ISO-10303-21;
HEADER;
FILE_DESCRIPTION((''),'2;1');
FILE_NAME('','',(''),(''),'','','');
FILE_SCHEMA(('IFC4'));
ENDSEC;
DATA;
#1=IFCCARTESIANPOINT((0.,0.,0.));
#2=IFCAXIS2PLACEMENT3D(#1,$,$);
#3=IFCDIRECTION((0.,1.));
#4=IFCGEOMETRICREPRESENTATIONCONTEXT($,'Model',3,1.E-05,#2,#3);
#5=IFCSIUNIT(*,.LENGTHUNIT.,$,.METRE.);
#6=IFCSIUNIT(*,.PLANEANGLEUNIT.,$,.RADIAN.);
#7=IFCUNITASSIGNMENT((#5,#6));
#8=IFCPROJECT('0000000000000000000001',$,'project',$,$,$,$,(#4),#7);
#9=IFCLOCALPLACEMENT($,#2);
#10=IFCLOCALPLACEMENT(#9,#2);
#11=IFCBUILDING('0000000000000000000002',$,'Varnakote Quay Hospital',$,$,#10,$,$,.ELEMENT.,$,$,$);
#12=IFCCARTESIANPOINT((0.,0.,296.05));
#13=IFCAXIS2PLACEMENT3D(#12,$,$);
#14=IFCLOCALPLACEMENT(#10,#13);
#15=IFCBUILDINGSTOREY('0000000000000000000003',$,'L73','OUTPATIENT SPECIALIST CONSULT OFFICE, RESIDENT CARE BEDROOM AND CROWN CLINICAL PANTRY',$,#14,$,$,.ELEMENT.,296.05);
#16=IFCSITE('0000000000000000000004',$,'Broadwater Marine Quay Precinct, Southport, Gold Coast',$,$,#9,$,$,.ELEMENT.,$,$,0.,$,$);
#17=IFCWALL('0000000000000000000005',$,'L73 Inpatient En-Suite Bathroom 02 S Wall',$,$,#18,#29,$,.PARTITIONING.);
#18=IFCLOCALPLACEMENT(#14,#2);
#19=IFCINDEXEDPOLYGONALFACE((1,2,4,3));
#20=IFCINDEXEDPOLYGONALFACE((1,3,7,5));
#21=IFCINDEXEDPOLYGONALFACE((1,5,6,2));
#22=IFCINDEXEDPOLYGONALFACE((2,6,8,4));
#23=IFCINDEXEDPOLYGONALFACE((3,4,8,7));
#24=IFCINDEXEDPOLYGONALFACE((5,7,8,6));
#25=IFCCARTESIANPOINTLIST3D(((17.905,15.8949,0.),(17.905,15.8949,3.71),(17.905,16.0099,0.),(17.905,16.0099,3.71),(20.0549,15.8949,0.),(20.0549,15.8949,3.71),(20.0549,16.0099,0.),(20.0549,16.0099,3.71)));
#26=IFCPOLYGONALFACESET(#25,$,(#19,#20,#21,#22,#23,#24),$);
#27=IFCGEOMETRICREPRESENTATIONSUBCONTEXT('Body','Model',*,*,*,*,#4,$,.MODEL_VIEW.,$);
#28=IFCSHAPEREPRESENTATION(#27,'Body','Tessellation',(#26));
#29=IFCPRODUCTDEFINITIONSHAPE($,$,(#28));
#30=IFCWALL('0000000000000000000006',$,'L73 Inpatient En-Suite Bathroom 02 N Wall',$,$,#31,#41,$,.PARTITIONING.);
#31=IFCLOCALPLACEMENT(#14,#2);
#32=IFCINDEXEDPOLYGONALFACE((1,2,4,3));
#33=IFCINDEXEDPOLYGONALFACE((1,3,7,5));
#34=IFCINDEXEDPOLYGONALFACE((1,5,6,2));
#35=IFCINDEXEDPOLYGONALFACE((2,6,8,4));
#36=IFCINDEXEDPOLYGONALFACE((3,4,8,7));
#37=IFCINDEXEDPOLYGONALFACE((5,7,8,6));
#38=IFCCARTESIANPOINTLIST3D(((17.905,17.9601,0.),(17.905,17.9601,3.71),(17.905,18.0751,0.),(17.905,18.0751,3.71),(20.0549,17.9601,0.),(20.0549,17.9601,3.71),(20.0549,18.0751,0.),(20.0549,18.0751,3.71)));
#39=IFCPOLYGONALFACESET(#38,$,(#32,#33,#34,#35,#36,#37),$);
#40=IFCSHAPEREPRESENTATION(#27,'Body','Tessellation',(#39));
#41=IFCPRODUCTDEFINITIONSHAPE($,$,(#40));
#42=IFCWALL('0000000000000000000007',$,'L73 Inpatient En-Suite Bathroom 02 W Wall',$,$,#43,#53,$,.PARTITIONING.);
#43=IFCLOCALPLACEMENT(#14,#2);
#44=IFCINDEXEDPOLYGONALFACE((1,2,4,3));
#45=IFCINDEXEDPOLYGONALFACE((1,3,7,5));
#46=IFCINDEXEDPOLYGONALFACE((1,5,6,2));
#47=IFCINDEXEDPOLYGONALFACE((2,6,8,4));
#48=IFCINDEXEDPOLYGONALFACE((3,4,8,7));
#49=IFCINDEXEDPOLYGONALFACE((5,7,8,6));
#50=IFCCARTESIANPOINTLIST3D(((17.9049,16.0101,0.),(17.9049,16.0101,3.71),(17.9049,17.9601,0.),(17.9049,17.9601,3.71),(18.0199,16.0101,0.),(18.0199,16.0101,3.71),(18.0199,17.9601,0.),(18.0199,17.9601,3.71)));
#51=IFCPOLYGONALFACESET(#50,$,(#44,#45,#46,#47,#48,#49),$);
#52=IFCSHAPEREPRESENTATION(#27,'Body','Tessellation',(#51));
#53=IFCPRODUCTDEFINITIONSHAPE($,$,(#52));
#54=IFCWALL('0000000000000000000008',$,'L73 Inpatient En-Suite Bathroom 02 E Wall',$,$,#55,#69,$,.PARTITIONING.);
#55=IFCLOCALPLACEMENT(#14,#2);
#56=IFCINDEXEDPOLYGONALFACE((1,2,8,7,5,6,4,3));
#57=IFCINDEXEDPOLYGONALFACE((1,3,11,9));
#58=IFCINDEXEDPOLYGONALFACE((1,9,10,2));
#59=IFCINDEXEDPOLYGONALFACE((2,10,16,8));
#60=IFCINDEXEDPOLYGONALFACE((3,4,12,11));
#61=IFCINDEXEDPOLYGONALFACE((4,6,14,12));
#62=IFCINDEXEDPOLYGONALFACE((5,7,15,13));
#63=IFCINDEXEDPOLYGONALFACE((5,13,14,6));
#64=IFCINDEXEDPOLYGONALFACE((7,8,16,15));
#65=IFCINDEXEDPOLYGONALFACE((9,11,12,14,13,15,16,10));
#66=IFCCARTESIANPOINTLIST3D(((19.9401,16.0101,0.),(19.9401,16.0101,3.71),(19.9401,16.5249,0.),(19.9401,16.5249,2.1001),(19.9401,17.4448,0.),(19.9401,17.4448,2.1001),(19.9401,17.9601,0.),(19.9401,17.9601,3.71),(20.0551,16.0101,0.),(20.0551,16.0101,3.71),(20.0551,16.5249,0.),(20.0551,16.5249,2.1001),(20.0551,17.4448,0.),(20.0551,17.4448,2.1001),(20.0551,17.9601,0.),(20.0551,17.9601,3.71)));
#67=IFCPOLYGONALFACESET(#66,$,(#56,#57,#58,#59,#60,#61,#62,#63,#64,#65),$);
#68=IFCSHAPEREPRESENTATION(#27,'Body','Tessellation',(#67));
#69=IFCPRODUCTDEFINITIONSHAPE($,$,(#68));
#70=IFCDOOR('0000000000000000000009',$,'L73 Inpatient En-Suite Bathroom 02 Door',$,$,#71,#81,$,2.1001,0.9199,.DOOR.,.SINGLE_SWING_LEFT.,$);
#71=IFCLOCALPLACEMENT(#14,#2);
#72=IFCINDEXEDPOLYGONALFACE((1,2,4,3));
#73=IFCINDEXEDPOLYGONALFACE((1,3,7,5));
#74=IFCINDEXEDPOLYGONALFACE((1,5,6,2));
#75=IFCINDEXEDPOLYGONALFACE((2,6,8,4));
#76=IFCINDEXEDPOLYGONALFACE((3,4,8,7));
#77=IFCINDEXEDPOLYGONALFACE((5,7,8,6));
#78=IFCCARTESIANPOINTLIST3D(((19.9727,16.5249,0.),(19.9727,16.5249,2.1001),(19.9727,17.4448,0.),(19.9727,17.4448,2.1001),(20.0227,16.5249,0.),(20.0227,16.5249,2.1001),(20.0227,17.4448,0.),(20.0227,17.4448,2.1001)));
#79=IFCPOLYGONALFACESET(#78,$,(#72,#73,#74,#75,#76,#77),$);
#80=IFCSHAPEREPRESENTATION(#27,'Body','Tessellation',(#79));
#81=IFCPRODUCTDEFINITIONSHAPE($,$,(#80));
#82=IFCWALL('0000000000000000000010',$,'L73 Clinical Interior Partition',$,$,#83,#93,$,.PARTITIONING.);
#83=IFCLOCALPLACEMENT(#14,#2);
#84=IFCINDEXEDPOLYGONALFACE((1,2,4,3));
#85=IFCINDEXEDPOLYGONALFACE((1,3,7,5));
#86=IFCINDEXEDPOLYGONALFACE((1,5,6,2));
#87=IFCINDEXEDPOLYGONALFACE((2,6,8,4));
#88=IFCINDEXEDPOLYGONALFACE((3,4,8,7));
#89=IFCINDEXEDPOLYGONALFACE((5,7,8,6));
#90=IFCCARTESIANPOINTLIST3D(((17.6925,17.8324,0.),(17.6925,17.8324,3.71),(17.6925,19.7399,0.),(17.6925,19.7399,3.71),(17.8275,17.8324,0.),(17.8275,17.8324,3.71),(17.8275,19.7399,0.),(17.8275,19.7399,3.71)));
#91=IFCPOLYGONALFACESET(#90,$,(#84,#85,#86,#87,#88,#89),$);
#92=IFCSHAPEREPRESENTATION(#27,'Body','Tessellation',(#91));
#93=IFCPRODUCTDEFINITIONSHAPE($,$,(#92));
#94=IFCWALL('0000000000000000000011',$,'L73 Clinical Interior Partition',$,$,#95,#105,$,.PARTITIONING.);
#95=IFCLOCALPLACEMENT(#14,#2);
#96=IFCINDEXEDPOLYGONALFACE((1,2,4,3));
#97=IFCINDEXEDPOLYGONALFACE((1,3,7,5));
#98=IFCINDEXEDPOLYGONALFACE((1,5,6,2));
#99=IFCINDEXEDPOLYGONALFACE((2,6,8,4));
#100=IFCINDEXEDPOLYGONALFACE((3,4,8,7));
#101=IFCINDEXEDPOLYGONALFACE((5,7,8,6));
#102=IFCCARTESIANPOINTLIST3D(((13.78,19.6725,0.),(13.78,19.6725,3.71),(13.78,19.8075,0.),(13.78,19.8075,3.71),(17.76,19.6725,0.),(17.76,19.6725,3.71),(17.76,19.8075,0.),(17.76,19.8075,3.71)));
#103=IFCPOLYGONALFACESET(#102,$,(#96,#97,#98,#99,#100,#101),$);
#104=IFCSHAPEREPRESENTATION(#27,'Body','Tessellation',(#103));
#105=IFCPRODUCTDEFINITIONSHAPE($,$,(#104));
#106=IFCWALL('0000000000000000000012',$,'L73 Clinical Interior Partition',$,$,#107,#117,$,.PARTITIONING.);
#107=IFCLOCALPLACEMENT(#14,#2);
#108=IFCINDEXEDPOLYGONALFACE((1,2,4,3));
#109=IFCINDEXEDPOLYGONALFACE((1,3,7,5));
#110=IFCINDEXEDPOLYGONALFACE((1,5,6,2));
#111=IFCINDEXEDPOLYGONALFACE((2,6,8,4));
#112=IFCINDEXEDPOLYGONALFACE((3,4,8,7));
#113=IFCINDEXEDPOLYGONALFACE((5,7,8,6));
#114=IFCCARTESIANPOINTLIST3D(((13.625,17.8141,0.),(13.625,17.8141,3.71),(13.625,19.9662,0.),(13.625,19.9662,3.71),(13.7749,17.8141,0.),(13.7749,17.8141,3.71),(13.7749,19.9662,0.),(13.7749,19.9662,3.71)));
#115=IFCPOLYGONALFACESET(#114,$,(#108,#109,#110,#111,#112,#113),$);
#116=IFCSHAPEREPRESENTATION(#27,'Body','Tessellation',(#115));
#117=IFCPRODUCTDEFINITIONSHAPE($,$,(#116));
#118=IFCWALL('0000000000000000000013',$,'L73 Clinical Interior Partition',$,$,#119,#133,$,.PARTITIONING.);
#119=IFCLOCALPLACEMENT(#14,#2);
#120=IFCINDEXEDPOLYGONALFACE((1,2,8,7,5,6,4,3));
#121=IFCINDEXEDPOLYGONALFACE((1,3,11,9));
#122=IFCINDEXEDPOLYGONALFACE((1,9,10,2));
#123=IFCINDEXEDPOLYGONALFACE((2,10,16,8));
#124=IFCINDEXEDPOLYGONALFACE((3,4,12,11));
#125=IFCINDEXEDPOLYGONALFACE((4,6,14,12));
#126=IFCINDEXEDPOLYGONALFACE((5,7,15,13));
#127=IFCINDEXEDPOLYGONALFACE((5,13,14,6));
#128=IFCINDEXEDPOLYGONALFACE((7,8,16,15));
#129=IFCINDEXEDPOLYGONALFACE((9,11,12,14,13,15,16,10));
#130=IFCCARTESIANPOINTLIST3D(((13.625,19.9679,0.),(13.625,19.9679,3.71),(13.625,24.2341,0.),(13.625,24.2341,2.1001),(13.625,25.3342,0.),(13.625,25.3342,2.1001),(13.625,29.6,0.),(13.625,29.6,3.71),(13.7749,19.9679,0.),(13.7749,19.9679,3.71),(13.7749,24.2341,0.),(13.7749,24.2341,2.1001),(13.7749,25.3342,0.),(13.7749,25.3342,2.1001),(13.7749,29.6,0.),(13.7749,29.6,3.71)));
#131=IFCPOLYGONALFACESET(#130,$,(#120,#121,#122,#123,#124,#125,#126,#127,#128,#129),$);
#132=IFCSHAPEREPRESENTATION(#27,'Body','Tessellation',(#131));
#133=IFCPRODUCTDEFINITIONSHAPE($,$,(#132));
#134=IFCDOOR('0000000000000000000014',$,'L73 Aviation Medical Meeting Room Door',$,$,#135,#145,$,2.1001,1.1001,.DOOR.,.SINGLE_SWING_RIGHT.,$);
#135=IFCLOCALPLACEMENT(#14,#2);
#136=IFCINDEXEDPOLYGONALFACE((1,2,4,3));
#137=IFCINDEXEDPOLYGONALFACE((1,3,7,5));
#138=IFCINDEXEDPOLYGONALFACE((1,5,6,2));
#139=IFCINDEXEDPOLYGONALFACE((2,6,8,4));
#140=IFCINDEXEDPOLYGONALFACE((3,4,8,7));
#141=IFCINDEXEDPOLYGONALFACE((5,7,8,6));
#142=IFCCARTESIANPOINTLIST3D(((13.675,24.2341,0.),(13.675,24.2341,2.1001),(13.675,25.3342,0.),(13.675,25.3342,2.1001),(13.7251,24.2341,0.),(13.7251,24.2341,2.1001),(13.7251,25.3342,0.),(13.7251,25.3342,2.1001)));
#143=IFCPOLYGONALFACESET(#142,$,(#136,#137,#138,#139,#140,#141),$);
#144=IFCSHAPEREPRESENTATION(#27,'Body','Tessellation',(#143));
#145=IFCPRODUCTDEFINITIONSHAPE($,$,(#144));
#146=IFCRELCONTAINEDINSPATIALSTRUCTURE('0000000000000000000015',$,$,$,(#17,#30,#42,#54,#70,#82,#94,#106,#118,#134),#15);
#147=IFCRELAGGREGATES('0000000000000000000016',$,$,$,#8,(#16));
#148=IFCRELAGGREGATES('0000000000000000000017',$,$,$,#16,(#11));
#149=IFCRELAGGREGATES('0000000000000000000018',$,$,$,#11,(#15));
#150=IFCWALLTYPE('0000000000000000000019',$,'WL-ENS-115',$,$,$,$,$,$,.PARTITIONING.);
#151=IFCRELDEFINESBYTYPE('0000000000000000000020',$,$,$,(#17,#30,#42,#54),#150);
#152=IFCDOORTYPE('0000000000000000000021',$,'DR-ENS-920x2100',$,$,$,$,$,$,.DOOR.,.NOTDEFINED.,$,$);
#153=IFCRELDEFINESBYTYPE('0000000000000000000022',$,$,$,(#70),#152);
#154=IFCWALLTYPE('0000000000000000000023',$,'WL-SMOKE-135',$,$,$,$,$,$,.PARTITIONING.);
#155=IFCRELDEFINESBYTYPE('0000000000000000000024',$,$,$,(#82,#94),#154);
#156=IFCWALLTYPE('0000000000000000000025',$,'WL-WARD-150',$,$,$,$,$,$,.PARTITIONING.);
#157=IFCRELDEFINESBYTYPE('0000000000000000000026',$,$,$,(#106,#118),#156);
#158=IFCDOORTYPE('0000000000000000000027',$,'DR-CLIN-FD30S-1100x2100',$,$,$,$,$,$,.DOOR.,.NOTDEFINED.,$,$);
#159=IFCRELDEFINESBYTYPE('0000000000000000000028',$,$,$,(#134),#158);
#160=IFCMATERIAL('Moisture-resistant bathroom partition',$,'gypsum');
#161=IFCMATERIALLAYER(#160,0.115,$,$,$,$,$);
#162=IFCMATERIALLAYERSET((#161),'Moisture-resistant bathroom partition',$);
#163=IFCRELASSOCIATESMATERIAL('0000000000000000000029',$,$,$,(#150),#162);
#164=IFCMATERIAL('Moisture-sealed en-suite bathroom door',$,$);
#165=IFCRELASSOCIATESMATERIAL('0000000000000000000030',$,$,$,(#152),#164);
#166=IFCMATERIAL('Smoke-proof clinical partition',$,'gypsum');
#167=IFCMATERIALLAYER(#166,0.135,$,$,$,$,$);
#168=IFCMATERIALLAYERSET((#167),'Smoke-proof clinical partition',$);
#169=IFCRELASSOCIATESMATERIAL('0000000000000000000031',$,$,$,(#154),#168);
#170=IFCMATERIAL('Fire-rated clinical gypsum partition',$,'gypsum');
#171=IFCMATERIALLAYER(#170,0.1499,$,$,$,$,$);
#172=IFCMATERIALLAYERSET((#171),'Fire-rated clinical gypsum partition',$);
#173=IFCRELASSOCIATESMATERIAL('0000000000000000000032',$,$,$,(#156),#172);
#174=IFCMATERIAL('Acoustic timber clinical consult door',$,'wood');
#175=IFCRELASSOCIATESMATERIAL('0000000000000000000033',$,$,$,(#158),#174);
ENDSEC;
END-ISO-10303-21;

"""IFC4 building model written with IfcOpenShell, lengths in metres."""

from ifc_helpers import new_model, si_unit, direction, frame, frame_2d, origin, place, context, subcontext, project, spatial, rectangle, extrude, material, layer, layer_set, type_object, element, fill, save


model = new_model("IFC4")

# Units and contexts
model_context = context("Model", 3, precision=1e-05, world=origin(), true_north=direction((0.0, 1.0)))
body_context = subcontext(model_context, "Body", "Model", "MODEL_VIEW")
ifc_project = project(units=[si_unit("LENGTHUNIT", "METRE"), si_unit("PLANEANGLEUNIT", "RADIAN")], contexts=[model_context])

# Site, building, storey
site_placement = place(None, origin())
site = spatial("IfcSite", under=ifc_project, at=site_placement, Name="Broadwater Marine Quay Precinct, Southport, Gold Coast", CompositionType="ELEMENT", RefElevation=0.0)
building_placement = place(site_placement, origin())
building = spatial("IfcBuilding", under=site, at=building_placement, Name="Varnakote Quay Hospital", CompositionType="ELEMENT")
storey_placement = place(building_placement, frame((0.0, 0.0, 296.05)))
storey = spatial("IfcBuildingStorey", under=building, at=storey_placement, Name="L73", Description="OUTPATIENT SPECIALIST CONSULT OFFICE, RESIDENT CARE BEDROOM AND CROWN CLINICAL PANTRY", CompositionType="ELEMENT", Elevation=296.05)

# Shared definitions
ifc_material_1 = material(Name="Moisture-resistant bathroom partition", Category="gypsum")
ifc_layer_1 = layer(ifc_material_1, 0.115)
ifc_layer_set_1 = layer_set([ifc_layer_1], Name="Moisture-resistant bathroom partition")
wall_type_1 = type_object("IfcWallType", Name="WL-ENS-115", PredefinedType="PARTITIONING", material=ifc_layer_set_1)

# Shared definitions
ifc_material_2 = material(Name="Moisture-sealed en-suite bathroom door")
door_type_1 = type_object("IfcDoorType", Name="DR-ENS-920x2100", OperationType="NOTDEFINED", PredefinedType="DOOR", material=ifc_material_2)

# Walls
for number, where, z_axis, x_axis, name in (
    (1, (17.905, 15.9524, 0.0), (0.0, 0.0, 1.0), (1.0, 0.0, 0.0), "L73 Inpatient En-Suite Bathroom 02 S Wall"),
    (2, (17.905, 18.0176, 0.0), (0.0, 0.0, 1.0), (1.0, 0.0, 0.0), "L73 Inpatient En-Suite Bathroom 02 N Wall"),
):
    element("IfcWall", number, at=place(storey_placement, frame(where, z_axis=z_axis, x_axis=x_axis)), inside=storey, type_object=wall_type_1, Name=name, PredefinedType="PARTITIONING", context=body_context, shape_type="SweptSolid", body=[
        extrude(rectangle(XDim=2.1499, YDim=0.115, at=frame_2d((1.075, 0.0))), origin(), (0.0, 0.0, 1.0), 3.71),
    ])
wall_1_placement = place(storey_placement, frame((17.9624, 16.01, 0.0), z_axis=(0.0, 0.0, 1.0), x_axis=(0.0, 1.0, 0.0)))
element("IfcWall", 3, at=wall_1_placement, inside=storey, type_object=wall_type_1, Name="L73 Inpatient En-Suite Bathroom 02 W Wall", PredefinedType="PARTITIONING", context=body_context, shape_type="SweptSolid", body=[
    extrude(rectangle(XDim=1.95, YDim=0.115, at=frame_2d((0.9751, 0.0))), origin(), (0.0, 0.0, 1.0), 3.71),
])

# Wall, opening, door
wall_2_placement = place(storey_placement, frame((19.9976, 16.01, 0.0), z_axis=(0.0, 0.0, 1.0), x_axis=(0.0, 1.0, 0.0)))
wall_2 = element("IfcWall", 4, at=wall_2_placement, inside=storey, type_object=wall_type_1, Name="L73 Inpatient En-Suite Bathroom 02 E Wall", PredefinedType="PARTITIONING", context=body_context, shape_type="SweptSolid", body=[
    extrude(rectangle(XDim=1.95, YDim=0.115, at=frame_2d((0.9751, 0.0))), origin(), (0.0, 0.0, 1.0), 3.71),
])
opening_1_placement = place(wall_2_placement, frame((0.5149, 0.0, 0.0)))
opening_1 = element("IfcOpeningElement", 5, at=opening_1_placement, cuts=wall_2, PredefinedType="OPENING", context=body_context, shape_type="SweptSolid", body=[
    extrude(rectangle(XDim=0.9199, YDim=2.1001, at=frame_2d((0.46, 1.05))), frame((0.0, 0.0674, 0.0), z_axis=(0.0, -1.0, 0.0), x_axis=(1.0, 0.0, 0.0)), (0.0, 0.0, 1.0), 0.135),
])
door_1_placement = place(opening_1_placement, origin())
door_1 = element("IfcDoor", 6, at=door_1_placement, inside=storey, type_object=door_type_1, Name="L73 Inpatient En-Suite Bathroom 02 Door", OperationType="SINGLE_SWING_LEFT", OverallHeight=2.1001, OverallWidth=0.9199, PredefinedType="DOOR", context=body_context, shape_type="SweptSolid", body=[
    extrude(rectangle(XDim=0.9199, YDim=2.1001, at=frame_2d((0.46, 1.05))), frame((0.0, 0.0249, 0.0), z_axis=(0.0, -1.0, 0.0), x_axis=(1.0, 0.0, 0.0)), (0.0, 0.0, 1.0), 0.05),
])
fill(opening_1, door_1)

# Walls
ifc_material_3 = material(Name="Smoke-proof clinical partition", Category="gypsum")
ifc_layer_2 = layer(ifc_material_3, 0.135)
ifc_layer_set_2 = layer_set([ifc_layer_2], Name="Smoke-proof clinical partition")
wall_type_2 = type_object("IfcWallType", Name="WL-SMOKE-135", PredefinedType="PARTITIONING", material=ifc_layer_set_2)
wall_3_placement = place(storey_placement, frame((17.76, 17.8325, 0.0), z_axis=(0.0, 0.0, 1.0), x_axis=(0.0, 1.0, 0.0)))
element("IfcWall", 7, at=wall_3_placement, inside=storey, type_object=wall_type_2, Name="L73 Clinical Interior Partition", PredefinedType="PARTITIONING", context=body_context, shape_type="SweptSolid", body=[
    extrude(rectangle(XDim=1.9075, YDim=0.135, at=frame_2d((0.9536, 0.0))), origin(), (0.0, 0.0, 1.0), 3.71),
])
wall_4_placement = place(storey_placement, frame((17.76, 19.74, 0.0), z_axis=(0.0, 0.0, 1.0), x_axis=(-1.0, 0.0, 0.0)))
element("IfcWall", 8, at=wall_4_placement, inside=storey, type_object=wall_type_2, Name="L73 Clinical Interior Partition", PredefinedType="PARTITIONING", context=body_context, shape_type="SweptSolid", body=[
    extrude(rectangle(XDim=3.98, YDim=0.135, at=frame_2d((1.99, 0.0))), origin(), (0.0, 0.0, 1.0), 3.71),
])

# Shared definitions
ifc_material_4 = material(Name="Fire-rated clinical gypsum partition", Category="gypsum")
ifc_layer_3 = layer(ifc_material_4, 0.1499)
ifc_layer_set_3 = layer_set([ifc_layer_3], Name="Fire-rated clinical gypsum partition")
wall_type_3 = type_object("IfcWallType", Name="WL-WARD-150", PredefinedType="PARTITIONING", material=ifc_layer_set_3)

# Wall
wall_5_placement = place(storey_placement, frame((13.7, 17.814, 0.0), z_axis=(0.0, 0.0, 1.0), x_axis=(0.0, 1.0, 0.0)))
element("IfcWall", 9, at=wall_5_placement, inside=storey, type_object=wall_type_3, Name="L73 Clinical Interior Partition", PredefinedType="PARTITIONING", context=body_context, shape_type="SweptSolid", body=[
    extrude(rectangle(XDim=2.1521, YDim=0.1499, at=frame_2d((1.0762, 0.0))), origin(), (0.0, 0.0, 1.0), 3.71),
])

# Wall, opening, door
wall_6_placement = place(storey_placement, frame((13.7, 19.968, 0.0), z_axis=(0.0, 0.0, 1.0), x_axis=(0.0, 1.0, 0.0)))
wall_6 = element("IfcWall", 10, at=wall_6_placement, inside=storey, type_object=wall_type_3, Name="L73 Clinical Interior Partition", PredefinedType="PARTITIONING", context=body_context, shape_type="SweptSolid", body=[
    extrude(rectangle(XDim=9.6321, YDim=0.1499, at=frame_2d((4.8159, 0.0))), origin(), (0.0, 0.0, 1.0), 3.71),
])
opening_2_placement = place(wall_6_placement, frame((4.2661, 0.0, 0.0)))
opening_2 = element("IfcOpeningElement", 11, at=opening_2_placement, cuts=wall_6, PredefinedType="OPENING", context=body_context, shape_type="SweptSolid", body=[
    extrude(rectangle(XDim=1.1001, YDim=2.1001, at=frame_2d((0.55, 1.05))), frame((0.0, 0.085, 0.0), z_axis=(0.0, -1.0, 0.0), x_axis=(1.0, 0.0, 0.0)), (0.0, 0.0, 1.0), 0.1699),
])
ifc_material_5 = material(Name="Acoustic timber clinical consult door", Category="wood")
door_type_2 = type_object("IfcDoorType", Name="DR-CLIN-FD30S-1100x2100", OperationType="NOTDEFINED", PredefinedType="DOOR", material=ifc_material_5)
door_2_placement = place(opening_2_placement, origin())
door_2 = element("IfcDoor", 12, at=door_2_placement, inside=storey, type_object=door_type_2, Name="L73 Aviation Medical Meeting Room Door", OperationType="SINGLE_SWING_RIGHT", OverallHeight=2.1001, OverallWidth=1.1001, PredefinedType="DOOR", context=body_context, shape_type="SweptSolid", body=[
    extrude(rectangle(XDim=1.1001, YDim=2.1001, at=frame_2d((0.55, 1.05))), frame((0.0, 0.0249, 0.0), z_axis=(0.0, -1.0, 0.0), x_axis=(1.0, 0.0, 0.0)), (0.0, 0.0, 1.0), 0.05),
])
fill(opening_2, door_2)

save(model, "model.ifc")
